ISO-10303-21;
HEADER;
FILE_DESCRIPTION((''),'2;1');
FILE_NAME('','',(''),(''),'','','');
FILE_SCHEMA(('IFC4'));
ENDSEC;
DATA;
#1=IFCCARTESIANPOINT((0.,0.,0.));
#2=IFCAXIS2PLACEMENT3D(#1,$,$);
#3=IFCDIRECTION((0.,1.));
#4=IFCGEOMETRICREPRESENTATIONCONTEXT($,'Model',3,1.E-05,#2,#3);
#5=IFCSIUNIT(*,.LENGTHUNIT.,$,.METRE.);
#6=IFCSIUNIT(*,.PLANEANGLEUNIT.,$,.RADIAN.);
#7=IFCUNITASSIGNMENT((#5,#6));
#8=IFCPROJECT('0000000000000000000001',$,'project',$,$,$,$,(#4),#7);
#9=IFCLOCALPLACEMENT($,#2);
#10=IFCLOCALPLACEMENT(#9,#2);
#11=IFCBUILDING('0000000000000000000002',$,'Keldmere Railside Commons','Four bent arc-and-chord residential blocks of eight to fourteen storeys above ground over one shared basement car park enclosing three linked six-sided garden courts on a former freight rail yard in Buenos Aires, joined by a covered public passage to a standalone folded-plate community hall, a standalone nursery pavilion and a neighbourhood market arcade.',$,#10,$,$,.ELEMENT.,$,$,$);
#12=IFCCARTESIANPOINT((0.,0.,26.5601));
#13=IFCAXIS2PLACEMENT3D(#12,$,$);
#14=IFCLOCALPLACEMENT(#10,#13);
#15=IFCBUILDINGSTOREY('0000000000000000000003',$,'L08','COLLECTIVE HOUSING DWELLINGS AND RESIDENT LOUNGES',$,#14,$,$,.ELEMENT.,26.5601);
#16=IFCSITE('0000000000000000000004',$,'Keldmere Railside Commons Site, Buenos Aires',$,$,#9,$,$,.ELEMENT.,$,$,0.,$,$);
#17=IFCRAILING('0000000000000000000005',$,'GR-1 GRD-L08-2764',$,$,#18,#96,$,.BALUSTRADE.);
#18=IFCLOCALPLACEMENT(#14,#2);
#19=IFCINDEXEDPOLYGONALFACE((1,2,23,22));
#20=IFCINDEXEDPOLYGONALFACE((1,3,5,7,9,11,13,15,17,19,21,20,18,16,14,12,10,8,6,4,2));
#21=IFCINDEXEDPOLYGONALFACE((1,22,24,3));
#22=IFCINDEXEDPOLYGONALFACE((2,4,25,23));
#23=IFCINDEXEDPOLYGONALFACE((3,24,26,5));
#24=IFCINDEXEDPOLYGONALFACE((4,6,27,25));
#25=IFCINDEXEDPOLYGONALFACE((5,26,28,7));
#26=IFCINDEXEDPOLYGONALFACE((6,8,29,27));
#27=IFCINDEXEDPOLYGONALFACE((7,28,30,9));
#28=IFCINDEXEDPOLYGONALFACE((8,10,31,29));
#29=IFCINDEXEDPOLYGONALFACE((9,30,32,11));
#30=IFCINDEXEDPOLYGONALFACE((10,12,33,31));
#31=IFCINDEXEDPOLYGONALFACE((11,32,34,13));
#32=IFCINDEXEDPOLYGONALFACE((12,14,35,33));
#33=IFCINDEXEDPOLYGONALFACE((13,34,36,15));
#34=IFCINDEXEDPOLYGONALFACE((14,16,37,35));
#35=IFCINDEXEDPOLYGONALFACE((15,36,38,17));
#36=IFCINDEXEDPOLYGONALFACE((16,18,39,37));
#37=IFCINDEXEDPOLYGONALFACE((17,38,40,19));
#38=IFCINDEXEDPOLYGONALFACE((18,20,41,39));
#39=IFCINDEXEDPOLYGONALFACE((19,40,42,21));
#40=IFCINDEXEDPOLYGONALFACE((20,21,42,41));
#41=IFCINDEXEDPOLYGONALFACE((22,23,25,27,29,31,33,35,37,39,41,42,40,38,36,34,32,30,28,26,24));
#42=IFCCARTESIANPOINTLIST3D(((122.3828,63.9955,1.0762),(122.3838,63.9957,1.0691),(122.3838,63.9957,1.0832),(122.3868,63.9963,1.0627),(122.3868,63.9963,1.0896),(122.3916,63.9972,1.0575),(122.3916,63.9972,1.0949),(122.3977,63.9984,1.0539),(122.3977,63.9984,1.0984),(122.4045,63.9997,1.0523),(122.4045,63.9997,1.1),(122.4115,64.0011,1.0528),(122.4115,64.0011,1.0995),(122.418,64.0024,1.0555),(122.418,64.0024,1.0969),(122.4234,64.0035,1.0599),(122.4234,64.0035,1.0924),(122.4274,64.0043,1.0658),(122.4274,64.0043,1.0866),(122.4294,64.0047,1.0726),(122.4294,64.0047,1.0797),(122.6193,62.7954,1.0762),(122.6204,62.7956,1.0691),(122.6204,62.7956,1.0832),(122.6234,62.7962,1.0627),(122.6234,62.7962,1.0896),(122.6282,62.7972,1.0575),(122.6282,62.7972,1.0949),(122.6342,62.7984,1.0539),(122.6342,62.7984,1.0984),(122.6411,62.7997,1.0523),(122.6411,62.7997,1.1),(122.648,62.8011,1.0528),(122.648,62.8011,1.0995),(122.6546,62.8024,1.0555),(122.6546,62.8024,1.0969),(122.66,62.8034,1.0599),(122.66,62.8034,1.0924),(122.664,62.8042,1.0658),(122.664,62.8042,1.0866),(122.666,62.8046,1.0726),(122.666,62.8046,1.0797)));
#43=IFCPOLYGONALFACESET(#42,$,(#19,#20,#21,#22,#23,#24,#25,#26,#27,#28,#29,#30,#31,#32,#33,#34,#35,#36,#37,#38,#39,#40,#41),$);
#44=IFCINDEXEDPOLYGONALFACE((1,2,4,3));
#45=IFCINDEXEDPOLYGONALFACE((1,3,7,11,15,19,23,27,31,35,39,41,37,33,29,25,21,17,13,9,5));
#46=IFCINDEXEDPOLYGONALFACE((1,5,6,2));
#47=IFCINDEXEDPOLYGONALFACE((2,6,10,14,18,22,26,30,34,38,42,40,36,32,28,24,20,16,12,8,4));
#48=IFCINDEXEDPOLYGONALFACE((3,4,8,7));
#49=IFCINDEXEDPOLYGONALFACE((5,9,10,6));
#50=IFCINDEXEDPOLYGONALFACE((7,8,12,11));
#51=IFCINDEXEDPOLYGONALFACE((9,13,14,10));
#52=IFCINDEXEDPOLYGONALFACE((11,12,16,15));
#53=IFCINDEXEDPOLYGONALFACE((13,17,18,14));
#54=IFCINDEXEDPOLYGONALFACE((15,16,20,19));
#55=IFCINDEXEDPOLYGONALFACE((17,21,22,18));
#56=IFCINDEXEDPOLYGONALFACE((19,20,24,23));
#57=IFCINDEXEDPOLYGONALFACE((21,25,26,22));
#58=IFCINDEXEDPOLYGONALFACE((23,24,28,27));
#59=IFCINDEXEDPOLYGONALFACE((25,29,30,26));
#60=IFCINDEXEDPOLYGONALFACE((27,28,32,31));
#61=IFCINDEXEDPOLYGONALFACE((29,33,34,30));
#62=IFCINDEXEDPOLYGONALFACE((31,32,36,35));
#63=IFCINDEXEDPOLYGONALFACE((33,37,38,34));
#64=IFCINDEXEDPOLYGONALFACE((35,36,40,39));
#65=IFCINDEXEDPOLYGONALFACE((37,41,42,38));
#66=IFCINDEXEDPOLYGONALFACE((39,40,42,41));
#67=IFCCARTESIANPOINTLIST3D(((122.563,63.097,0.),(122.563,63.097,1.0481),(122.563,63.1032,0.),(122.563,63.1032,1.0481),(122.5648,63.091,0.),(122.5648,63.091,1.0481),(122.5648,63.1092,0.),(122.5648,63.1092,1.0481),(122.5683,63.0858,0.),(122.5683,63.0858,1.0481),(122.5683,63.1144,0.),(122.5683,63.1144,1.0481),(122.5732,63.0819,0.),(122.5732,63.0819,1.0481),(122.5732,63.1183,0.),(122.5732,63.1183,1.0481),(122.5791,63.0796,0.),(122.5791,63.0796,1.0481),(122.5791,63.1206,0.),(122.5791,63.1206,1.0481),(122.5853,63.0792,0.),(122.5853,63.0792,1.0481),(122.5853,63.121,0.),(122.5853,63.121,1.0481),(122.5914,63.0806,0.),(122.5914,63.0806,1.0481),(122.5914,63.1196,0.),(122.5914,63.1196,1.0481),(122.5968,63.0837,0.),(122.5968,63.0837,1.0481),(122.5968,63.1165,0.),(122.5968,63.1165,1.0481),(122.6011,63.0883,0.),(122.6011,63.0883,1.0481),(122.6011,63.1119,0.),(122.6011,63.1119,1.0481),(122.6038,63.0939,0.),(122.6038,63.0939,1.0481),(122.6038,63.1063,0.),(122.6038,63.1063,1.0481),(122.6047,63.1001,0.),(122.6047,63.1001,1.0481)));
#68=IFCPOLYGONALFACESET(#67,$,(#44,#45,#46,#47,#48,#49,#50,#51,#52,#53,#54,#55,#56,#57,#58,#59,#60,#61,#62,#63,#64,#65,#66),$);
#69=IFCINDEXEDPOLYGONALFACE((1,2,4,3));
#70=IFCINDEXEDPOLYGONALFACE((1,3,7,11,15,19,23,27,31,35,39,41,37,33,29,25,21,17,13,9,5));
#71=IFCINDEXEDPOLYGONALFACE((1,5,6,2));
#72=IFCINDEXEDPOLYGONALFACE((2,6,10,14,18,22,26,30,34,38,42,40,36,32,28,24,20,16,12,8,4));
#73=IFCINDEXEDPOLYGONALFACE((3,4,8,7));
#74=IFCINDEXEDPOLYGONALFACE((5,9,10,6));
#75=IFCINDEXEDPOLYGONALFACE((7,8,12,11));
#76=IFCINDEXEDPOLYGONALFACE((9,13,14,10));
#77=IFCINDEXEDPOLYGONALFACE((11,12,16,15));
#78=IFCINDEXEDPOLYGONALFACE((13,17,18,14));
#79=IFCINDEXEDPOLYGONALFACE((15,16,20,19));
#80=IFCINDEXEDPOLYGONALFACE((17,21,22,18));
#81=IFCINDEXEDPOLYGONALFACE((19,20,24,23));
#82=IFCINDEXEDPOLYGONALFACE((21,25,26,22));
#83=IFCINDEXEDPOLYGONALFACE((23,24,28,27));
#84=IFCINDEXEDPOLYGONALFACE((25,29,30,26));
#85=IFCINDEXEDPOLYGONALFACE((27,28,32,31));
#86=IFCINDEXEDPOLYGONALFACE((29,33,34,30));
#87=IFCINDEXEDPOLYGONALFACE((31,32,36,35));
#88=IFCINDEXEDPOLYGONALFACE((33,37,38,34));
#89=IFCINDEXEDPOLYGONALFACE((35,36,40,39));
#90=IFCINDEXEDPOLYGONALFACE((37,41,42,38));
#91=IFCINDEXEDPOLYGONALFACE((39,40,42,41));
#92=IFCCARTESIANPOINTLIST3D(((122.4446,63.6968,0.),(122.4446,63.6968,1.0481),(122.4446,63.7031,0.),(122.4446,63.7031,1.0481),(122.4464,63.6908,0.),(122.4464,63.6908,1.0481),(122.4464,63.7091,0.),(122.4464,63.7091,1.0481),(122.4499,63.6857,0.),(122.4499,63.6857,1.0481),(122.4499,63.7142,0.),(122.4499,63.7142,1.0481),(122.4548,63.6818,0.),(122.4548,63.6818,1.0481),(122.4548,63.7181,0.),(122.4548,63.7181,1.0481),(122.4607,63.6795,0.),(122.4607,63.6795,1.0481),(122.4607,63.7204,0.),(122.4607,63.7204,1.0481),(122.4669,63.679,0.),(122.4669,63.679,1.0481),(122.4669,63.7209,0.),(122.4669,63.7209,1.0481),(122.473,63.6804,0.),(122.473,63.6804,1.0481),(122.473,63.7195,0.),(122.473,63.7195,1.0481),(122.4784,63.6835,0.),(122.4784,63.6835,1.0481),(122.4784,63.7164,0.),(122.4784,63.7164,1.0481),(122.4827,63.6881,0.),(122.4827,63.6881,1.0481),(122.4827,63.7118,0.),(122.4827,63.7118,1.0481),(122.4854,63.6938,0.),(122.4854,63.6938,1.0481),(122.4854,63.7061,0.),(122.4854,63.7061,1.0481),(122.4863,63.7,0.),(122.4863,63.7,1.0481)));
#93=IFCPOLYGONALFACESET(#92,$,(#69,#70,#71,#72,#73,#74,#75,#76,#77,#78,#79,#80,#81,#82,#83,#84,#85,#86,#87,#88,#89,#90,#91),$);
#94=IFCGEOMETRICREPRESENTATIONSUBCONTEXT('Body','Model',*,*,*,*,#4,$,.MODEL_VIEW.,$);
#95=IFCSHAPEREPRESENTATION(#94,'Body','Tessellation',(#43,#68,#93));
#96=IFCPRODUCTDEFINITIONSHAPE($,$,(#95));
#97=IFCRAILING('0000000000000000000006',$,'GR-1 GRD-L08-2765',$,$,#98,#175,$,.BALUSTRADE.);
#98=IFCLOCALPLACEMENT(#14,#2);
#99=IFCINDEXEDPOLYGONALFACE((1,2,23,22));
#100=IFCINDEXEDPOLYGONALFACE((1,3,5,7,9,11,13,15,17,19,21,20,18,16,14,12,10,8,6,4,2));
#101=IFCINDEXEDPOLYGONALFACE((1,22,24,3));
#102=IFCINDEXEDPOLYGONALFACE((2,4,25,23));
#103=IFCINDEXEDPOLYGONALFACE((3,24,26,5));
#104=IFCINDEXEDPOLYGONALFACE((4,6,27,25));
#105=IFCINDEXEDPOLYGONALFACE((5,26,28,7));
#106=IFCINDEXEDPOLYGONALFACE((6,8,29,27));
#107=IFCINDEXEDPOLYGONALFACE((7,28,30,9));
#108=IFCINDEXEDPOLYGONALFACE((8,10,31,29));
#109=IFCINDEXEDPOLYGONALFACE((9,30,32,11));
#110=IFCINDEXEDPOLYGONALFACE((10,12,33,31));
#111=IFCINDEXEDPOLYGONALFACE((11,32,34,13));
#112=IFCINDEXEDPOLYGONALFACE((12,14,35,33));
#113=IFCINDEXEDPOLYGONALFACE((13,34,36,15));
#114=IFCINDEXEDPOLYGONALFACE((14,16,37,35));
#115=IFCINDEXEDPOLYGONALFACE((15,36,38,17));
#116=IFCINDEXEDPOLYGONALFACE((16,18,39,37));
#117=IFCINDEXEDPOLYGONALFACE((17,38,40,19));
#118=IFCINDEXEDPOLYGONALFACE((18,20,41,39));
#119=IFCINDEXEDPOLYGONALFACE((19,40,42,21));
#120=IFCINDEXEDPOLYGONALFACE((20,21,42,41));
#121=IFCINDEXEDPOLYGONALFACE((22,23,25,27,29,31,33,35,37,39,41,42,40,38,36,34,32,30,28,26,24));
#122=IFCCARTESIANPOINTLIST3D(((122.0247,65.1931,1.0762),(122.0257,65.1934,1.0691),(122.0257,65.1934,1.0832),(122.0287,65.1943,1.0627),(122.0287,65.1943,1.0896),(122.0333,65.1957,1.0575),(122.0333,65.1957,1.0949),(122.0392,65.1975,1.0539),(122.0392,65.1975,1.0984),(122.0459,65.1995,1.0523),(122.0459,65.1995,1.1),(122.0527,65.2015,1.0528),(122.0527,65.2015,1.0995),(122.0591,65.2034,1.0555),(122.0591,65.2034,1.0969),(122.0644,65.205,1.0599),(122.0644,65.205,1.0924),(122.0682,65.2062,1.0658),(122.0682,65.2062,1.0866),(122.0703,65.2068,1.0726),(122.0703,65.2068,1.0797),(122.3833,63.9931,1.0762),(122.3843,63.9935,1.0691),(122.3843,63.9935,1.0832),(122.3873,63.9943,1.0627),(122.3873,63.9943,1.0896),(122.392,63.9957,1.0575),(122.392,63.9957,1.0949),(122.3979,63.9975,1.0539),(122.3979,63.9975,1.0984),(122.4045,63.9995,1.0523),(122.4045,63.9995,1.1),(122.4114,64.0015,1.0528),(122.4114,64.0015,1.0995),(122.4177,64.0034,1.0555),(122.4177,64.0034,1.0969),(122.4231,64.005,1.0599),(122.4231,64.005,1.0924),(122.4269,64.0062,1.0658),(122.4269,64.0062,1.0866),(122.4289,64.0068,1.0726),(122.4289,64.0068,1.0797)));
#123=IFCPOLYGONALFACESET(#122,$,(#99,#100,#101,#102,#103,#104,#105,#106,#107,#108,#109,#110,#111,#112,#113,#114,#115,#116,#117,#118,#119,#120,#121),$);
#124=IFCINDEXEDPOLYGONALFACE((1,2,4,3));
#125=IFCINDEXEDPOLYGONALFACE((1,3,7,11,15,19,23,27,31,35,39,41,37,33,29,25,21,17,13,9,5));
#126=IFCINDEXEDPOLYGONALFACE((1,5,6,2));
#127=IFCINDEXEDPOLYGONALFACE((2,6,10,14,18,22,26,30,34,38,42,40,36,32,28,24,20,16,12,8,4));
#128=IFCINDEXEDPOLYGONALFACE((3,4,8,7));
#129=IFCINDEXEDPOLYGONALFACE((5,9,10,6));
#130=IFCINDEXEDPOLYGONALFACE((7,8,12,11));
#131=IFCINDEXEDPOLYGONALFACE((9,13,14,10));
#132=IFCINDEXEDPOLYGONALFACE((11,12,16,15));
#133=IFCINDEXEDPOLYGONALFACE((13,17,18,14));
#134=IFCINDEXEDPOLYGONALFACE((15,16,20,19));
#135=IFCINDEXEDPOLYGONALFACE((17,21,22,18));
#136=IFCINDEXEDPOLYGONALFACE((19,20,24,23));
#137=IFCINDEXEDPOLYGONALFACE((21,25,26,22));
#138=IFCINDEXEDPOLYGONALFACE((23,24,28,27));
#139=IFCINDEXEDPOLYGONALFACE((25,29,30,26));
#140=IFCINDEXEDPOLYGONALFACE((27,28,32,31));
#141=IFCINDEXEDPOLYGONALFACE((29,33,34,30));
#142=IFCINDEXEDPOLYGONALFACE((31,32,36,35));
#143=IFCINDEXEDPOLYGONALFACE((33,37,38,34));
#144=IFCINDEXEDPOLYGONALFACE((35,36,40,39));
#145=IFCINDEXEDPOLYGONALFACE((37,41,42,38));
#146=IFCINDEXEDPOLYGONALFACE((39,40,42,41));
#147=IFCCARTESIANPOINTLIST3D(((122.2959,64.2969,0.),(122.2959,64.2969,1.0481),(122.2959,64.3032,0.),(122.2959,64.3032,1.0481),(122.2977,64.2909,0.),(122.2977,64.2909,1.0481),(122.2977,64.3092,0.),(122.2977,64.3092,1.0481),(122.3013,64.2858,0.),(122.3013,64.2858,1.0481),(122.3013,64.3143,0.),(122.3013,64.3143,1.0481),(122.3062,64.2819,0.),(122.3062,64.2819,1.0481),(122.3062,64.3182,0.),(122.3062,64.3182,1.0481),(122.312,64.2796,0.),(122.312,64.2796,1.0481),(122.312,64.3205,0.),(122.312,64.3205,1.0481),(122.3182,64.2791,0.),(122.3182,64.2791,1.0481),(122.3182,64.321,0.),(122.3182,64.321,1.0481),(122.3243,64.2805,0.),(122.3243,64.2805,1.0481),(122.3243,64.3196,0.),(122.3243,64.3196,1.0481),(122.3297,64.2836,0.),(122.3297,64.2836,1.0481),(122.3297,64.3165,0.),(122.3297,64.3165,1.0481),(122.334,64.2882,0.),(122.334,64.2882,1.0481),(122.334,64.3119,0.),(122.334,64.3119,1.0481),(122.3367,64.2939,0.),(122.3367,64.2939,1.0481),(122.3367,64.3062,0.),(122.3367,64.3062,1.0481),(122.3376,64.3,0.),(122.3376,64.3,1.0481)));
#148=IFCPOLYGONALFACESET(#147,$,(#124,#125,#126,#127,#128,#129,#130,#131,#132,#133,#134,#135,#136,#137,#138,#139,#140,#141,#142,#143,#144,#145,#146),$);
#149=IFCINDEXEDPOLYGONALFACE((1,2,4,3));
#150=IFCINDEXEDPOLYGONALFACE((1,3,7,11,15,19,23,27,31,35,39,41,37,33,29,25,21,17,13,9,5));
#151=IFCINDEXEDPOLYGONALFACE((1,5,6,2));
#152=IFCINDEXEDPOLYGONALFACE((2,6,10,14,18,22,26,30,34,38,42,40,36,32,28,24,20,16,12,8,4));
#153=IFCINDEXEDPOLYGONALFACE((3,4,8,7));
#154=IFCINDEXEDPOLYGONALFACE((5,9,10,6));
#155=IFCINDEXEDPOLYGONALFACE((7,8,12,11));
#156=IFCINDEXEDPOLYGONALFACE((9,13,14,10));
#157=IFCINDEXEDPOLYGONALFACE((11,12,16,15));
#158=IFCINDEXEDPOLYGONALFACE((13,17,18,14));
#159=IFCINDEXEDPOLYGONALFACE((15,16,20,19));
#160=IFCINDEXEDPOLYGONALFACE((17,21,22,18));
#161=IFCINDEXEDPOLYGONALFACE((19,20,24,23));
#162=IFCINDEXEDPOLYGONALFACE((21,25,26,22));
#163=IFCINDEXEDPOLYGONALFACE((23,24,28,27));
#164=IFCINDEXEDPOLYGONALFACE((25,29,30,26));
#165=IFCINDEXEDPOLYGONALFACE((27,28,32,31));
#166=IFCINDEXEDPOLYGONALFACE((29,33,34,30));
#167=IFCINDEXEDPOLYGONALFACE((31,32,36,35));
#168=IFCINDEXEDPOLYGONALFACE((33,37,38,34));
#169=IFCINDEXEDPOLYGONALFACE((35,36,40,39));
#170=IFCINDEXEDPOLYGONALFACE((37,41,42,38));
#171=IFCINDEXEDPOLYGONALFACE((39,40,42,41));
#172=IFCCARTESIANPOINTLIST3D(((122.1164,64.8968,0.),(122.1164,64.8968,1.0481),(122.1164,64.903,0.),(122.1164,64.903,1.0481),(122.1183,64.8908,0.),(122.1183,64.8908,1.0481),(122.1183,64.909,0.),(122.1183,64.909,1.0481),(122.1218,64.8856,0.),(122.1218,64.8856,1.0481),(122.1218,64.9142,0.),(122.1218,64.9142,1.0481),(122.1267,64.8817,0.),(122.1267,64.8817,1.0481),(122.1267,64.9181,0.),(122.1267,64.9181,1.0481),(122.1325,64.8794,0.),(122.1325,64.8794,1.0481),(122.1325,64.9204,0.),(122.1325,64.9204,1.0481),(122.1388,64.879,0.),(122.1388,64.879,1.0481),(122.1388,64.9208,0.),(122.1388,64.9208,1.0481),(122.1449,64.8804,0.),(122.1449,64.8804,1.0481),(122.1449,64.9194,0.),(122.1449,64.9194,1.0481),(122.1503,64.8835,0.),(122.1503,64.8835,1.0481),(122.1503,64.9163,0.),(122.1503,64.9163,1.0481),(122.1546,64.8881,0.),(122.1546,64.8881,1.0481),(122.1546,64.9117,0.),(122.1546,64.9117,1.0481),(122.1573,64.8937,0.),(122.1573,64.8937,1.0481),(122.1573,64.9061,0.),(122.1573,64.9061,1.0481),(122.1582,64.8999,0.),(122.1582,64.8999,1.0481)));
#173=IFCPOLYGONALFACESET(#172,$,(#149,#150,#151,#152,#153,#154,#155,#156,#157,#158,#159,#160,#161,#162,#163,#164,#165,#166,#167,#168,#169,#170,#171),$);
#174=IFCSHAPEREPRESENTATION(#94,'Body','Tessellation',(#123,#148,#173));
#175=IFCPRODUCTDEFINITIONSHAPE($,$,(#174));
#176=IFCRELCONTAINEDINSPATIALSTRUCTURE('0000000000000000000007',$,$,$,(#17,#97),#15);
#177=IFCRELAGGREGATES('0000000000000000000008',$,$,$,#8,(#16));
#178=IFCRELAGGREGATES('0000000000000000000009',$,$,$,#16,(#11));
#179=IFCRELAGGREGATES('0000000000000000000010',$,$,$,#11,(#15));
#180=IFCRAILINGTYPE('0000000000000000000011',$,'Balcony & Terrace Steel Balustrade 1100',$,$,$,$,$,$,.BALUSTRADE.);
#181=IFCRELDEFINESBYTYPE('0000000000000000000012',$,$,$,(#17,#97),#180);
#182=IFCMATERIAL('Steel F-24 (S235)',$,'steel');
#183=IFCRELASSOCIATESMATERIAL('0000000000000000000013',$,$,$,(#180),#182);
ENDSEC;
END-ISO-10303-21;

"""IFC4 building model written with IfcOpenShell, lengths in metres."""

from ifc_helpers import new_model, si_unit, direction, frame, origin, origin_2d, place, context, subcontext, project, spatial, circle, extrude, material, type_object, element, save


model = new_model("IFC4")

# Units and contexts
model_context = context("Model", 3, precision=1e-05, world=origin(), true_north=direction((0.0, 1.0)))
body_context = subcontext(model_context, "Body", "Model", "MODEL_VIEW")
ifc_project = project(units=[si_unit("LENGTHUNIT", "METRE"), si_unit("PLANEANGLEUNIT", "RADIAN")], contexts=[model_context])

# Site, building, storey
site_placement = place(None, origin())
site = spatial("IfcSite", under=ifc_project, at=site_placement, Name="Keldmere Railside Commons Site, Buenos Aires", CompositionType="ELEMENT", RefElevation=0.0)
building_placement = place(site_placement, origin())
building = spatial("IfcBuilding", under=site, at=building_placement, Name="Keldmere Railside Commons", Description="Four bent arc-and-chord residential blocks of eight to fourteen storeys above ground over one shared basement car park enclosing three linked six-sided garden courts on a former freight rail yard in Buenos Aires, joined by a covered public passage to a standalone folded-plate community hall, a standalone nursery pavilion and a neighbourhood market arcade.", CompositionType="ELEMENT")
storey_placement = place(building_placement, frame((0.0, 0.0, 26.5601)))
storey = spatial("IfcBuildingStorey", under=building, at=storey_placement, Name="L08", Description="COLLECTIVE HOUSING DWELLINGS AND RESIDENT LOUNGES", CompositionType="ELEMENT", Elevation=26.5601)

# Railings
ifc_material_1 = material(Name="Steel F-24 (S235)", Category="steel")
railing_type = type_object("IfcRailingType", Name="Balcony & Terrace Steel Balustrade 1100", PredefinedType="BALUSTRADE", material=ifc_material_1)
railing_1_placement = place(storey_placement, frame((122.6428, 62.8, 0.0)))
element("IfcRailing", 1, at=railing_1_placement, inside=storey, type_object=railing_type, Name="GR-1 GRD-L08-2764", PredefinedType="BALUSTRADE", context=body_context, shape_type="SweptSolid", body=[
    extrude(circle(Radius=0.0239, at=origin_2d()), frame((0.0, 0.0, 1.0762), z_axis=(-0.193428, 0.981114, 0.0), x_axis=(-0.981114, -0.193428, 0.0)), (0.0, 0.0, 1.0), 1.2231),
    extrude(circle(Radius=0.021, at=origin_2d()), frame((-0.0591, 0.3, 0.0)), (0.0, 0.0, 1.0), 1.0481),
    extrude(circle(Radius=0.021, at=origin_2d()), frame((-0.1775, 0.8999, 0.0)), (0.0, 0.0, 1.0), 1.0481),
])
railing_2_placement = place(storey_placement, frame((122.4062, 64.0, 0.0)))
element("IfcRailing", 2, at=railing_2_placement, inside=storey, type_object=railing_type, Name="GR-1 GRD-L08-2765", PredefinedType="BALUSTRADE", context=body_context, shape_type="SweptSolid", body=[
    extrude(circle(Radius=0.0239, at=origin_2d()), frame((0.0, 0.0, 1.0762), z_axis=(-0.286364, 0.958121, 0.0), x_axis=(-0.958121, -0.286364, 0.0)), (0.0, 0.0, 1.0), 1.2524),
    extrude(circle(Radius=0.021, at=origin_2d()), frame((-0.0896, 0.3, 0.0)), (0.0, 0.0, 1.0), 1.0481),
    extrude(circle(Radius=0.021, at=origin_2d()), frame((-0.269, 0.8999, 0.0)), (0.0, 0.0, 1.0), 1.0481),
])

save(model, "model.ifc")
